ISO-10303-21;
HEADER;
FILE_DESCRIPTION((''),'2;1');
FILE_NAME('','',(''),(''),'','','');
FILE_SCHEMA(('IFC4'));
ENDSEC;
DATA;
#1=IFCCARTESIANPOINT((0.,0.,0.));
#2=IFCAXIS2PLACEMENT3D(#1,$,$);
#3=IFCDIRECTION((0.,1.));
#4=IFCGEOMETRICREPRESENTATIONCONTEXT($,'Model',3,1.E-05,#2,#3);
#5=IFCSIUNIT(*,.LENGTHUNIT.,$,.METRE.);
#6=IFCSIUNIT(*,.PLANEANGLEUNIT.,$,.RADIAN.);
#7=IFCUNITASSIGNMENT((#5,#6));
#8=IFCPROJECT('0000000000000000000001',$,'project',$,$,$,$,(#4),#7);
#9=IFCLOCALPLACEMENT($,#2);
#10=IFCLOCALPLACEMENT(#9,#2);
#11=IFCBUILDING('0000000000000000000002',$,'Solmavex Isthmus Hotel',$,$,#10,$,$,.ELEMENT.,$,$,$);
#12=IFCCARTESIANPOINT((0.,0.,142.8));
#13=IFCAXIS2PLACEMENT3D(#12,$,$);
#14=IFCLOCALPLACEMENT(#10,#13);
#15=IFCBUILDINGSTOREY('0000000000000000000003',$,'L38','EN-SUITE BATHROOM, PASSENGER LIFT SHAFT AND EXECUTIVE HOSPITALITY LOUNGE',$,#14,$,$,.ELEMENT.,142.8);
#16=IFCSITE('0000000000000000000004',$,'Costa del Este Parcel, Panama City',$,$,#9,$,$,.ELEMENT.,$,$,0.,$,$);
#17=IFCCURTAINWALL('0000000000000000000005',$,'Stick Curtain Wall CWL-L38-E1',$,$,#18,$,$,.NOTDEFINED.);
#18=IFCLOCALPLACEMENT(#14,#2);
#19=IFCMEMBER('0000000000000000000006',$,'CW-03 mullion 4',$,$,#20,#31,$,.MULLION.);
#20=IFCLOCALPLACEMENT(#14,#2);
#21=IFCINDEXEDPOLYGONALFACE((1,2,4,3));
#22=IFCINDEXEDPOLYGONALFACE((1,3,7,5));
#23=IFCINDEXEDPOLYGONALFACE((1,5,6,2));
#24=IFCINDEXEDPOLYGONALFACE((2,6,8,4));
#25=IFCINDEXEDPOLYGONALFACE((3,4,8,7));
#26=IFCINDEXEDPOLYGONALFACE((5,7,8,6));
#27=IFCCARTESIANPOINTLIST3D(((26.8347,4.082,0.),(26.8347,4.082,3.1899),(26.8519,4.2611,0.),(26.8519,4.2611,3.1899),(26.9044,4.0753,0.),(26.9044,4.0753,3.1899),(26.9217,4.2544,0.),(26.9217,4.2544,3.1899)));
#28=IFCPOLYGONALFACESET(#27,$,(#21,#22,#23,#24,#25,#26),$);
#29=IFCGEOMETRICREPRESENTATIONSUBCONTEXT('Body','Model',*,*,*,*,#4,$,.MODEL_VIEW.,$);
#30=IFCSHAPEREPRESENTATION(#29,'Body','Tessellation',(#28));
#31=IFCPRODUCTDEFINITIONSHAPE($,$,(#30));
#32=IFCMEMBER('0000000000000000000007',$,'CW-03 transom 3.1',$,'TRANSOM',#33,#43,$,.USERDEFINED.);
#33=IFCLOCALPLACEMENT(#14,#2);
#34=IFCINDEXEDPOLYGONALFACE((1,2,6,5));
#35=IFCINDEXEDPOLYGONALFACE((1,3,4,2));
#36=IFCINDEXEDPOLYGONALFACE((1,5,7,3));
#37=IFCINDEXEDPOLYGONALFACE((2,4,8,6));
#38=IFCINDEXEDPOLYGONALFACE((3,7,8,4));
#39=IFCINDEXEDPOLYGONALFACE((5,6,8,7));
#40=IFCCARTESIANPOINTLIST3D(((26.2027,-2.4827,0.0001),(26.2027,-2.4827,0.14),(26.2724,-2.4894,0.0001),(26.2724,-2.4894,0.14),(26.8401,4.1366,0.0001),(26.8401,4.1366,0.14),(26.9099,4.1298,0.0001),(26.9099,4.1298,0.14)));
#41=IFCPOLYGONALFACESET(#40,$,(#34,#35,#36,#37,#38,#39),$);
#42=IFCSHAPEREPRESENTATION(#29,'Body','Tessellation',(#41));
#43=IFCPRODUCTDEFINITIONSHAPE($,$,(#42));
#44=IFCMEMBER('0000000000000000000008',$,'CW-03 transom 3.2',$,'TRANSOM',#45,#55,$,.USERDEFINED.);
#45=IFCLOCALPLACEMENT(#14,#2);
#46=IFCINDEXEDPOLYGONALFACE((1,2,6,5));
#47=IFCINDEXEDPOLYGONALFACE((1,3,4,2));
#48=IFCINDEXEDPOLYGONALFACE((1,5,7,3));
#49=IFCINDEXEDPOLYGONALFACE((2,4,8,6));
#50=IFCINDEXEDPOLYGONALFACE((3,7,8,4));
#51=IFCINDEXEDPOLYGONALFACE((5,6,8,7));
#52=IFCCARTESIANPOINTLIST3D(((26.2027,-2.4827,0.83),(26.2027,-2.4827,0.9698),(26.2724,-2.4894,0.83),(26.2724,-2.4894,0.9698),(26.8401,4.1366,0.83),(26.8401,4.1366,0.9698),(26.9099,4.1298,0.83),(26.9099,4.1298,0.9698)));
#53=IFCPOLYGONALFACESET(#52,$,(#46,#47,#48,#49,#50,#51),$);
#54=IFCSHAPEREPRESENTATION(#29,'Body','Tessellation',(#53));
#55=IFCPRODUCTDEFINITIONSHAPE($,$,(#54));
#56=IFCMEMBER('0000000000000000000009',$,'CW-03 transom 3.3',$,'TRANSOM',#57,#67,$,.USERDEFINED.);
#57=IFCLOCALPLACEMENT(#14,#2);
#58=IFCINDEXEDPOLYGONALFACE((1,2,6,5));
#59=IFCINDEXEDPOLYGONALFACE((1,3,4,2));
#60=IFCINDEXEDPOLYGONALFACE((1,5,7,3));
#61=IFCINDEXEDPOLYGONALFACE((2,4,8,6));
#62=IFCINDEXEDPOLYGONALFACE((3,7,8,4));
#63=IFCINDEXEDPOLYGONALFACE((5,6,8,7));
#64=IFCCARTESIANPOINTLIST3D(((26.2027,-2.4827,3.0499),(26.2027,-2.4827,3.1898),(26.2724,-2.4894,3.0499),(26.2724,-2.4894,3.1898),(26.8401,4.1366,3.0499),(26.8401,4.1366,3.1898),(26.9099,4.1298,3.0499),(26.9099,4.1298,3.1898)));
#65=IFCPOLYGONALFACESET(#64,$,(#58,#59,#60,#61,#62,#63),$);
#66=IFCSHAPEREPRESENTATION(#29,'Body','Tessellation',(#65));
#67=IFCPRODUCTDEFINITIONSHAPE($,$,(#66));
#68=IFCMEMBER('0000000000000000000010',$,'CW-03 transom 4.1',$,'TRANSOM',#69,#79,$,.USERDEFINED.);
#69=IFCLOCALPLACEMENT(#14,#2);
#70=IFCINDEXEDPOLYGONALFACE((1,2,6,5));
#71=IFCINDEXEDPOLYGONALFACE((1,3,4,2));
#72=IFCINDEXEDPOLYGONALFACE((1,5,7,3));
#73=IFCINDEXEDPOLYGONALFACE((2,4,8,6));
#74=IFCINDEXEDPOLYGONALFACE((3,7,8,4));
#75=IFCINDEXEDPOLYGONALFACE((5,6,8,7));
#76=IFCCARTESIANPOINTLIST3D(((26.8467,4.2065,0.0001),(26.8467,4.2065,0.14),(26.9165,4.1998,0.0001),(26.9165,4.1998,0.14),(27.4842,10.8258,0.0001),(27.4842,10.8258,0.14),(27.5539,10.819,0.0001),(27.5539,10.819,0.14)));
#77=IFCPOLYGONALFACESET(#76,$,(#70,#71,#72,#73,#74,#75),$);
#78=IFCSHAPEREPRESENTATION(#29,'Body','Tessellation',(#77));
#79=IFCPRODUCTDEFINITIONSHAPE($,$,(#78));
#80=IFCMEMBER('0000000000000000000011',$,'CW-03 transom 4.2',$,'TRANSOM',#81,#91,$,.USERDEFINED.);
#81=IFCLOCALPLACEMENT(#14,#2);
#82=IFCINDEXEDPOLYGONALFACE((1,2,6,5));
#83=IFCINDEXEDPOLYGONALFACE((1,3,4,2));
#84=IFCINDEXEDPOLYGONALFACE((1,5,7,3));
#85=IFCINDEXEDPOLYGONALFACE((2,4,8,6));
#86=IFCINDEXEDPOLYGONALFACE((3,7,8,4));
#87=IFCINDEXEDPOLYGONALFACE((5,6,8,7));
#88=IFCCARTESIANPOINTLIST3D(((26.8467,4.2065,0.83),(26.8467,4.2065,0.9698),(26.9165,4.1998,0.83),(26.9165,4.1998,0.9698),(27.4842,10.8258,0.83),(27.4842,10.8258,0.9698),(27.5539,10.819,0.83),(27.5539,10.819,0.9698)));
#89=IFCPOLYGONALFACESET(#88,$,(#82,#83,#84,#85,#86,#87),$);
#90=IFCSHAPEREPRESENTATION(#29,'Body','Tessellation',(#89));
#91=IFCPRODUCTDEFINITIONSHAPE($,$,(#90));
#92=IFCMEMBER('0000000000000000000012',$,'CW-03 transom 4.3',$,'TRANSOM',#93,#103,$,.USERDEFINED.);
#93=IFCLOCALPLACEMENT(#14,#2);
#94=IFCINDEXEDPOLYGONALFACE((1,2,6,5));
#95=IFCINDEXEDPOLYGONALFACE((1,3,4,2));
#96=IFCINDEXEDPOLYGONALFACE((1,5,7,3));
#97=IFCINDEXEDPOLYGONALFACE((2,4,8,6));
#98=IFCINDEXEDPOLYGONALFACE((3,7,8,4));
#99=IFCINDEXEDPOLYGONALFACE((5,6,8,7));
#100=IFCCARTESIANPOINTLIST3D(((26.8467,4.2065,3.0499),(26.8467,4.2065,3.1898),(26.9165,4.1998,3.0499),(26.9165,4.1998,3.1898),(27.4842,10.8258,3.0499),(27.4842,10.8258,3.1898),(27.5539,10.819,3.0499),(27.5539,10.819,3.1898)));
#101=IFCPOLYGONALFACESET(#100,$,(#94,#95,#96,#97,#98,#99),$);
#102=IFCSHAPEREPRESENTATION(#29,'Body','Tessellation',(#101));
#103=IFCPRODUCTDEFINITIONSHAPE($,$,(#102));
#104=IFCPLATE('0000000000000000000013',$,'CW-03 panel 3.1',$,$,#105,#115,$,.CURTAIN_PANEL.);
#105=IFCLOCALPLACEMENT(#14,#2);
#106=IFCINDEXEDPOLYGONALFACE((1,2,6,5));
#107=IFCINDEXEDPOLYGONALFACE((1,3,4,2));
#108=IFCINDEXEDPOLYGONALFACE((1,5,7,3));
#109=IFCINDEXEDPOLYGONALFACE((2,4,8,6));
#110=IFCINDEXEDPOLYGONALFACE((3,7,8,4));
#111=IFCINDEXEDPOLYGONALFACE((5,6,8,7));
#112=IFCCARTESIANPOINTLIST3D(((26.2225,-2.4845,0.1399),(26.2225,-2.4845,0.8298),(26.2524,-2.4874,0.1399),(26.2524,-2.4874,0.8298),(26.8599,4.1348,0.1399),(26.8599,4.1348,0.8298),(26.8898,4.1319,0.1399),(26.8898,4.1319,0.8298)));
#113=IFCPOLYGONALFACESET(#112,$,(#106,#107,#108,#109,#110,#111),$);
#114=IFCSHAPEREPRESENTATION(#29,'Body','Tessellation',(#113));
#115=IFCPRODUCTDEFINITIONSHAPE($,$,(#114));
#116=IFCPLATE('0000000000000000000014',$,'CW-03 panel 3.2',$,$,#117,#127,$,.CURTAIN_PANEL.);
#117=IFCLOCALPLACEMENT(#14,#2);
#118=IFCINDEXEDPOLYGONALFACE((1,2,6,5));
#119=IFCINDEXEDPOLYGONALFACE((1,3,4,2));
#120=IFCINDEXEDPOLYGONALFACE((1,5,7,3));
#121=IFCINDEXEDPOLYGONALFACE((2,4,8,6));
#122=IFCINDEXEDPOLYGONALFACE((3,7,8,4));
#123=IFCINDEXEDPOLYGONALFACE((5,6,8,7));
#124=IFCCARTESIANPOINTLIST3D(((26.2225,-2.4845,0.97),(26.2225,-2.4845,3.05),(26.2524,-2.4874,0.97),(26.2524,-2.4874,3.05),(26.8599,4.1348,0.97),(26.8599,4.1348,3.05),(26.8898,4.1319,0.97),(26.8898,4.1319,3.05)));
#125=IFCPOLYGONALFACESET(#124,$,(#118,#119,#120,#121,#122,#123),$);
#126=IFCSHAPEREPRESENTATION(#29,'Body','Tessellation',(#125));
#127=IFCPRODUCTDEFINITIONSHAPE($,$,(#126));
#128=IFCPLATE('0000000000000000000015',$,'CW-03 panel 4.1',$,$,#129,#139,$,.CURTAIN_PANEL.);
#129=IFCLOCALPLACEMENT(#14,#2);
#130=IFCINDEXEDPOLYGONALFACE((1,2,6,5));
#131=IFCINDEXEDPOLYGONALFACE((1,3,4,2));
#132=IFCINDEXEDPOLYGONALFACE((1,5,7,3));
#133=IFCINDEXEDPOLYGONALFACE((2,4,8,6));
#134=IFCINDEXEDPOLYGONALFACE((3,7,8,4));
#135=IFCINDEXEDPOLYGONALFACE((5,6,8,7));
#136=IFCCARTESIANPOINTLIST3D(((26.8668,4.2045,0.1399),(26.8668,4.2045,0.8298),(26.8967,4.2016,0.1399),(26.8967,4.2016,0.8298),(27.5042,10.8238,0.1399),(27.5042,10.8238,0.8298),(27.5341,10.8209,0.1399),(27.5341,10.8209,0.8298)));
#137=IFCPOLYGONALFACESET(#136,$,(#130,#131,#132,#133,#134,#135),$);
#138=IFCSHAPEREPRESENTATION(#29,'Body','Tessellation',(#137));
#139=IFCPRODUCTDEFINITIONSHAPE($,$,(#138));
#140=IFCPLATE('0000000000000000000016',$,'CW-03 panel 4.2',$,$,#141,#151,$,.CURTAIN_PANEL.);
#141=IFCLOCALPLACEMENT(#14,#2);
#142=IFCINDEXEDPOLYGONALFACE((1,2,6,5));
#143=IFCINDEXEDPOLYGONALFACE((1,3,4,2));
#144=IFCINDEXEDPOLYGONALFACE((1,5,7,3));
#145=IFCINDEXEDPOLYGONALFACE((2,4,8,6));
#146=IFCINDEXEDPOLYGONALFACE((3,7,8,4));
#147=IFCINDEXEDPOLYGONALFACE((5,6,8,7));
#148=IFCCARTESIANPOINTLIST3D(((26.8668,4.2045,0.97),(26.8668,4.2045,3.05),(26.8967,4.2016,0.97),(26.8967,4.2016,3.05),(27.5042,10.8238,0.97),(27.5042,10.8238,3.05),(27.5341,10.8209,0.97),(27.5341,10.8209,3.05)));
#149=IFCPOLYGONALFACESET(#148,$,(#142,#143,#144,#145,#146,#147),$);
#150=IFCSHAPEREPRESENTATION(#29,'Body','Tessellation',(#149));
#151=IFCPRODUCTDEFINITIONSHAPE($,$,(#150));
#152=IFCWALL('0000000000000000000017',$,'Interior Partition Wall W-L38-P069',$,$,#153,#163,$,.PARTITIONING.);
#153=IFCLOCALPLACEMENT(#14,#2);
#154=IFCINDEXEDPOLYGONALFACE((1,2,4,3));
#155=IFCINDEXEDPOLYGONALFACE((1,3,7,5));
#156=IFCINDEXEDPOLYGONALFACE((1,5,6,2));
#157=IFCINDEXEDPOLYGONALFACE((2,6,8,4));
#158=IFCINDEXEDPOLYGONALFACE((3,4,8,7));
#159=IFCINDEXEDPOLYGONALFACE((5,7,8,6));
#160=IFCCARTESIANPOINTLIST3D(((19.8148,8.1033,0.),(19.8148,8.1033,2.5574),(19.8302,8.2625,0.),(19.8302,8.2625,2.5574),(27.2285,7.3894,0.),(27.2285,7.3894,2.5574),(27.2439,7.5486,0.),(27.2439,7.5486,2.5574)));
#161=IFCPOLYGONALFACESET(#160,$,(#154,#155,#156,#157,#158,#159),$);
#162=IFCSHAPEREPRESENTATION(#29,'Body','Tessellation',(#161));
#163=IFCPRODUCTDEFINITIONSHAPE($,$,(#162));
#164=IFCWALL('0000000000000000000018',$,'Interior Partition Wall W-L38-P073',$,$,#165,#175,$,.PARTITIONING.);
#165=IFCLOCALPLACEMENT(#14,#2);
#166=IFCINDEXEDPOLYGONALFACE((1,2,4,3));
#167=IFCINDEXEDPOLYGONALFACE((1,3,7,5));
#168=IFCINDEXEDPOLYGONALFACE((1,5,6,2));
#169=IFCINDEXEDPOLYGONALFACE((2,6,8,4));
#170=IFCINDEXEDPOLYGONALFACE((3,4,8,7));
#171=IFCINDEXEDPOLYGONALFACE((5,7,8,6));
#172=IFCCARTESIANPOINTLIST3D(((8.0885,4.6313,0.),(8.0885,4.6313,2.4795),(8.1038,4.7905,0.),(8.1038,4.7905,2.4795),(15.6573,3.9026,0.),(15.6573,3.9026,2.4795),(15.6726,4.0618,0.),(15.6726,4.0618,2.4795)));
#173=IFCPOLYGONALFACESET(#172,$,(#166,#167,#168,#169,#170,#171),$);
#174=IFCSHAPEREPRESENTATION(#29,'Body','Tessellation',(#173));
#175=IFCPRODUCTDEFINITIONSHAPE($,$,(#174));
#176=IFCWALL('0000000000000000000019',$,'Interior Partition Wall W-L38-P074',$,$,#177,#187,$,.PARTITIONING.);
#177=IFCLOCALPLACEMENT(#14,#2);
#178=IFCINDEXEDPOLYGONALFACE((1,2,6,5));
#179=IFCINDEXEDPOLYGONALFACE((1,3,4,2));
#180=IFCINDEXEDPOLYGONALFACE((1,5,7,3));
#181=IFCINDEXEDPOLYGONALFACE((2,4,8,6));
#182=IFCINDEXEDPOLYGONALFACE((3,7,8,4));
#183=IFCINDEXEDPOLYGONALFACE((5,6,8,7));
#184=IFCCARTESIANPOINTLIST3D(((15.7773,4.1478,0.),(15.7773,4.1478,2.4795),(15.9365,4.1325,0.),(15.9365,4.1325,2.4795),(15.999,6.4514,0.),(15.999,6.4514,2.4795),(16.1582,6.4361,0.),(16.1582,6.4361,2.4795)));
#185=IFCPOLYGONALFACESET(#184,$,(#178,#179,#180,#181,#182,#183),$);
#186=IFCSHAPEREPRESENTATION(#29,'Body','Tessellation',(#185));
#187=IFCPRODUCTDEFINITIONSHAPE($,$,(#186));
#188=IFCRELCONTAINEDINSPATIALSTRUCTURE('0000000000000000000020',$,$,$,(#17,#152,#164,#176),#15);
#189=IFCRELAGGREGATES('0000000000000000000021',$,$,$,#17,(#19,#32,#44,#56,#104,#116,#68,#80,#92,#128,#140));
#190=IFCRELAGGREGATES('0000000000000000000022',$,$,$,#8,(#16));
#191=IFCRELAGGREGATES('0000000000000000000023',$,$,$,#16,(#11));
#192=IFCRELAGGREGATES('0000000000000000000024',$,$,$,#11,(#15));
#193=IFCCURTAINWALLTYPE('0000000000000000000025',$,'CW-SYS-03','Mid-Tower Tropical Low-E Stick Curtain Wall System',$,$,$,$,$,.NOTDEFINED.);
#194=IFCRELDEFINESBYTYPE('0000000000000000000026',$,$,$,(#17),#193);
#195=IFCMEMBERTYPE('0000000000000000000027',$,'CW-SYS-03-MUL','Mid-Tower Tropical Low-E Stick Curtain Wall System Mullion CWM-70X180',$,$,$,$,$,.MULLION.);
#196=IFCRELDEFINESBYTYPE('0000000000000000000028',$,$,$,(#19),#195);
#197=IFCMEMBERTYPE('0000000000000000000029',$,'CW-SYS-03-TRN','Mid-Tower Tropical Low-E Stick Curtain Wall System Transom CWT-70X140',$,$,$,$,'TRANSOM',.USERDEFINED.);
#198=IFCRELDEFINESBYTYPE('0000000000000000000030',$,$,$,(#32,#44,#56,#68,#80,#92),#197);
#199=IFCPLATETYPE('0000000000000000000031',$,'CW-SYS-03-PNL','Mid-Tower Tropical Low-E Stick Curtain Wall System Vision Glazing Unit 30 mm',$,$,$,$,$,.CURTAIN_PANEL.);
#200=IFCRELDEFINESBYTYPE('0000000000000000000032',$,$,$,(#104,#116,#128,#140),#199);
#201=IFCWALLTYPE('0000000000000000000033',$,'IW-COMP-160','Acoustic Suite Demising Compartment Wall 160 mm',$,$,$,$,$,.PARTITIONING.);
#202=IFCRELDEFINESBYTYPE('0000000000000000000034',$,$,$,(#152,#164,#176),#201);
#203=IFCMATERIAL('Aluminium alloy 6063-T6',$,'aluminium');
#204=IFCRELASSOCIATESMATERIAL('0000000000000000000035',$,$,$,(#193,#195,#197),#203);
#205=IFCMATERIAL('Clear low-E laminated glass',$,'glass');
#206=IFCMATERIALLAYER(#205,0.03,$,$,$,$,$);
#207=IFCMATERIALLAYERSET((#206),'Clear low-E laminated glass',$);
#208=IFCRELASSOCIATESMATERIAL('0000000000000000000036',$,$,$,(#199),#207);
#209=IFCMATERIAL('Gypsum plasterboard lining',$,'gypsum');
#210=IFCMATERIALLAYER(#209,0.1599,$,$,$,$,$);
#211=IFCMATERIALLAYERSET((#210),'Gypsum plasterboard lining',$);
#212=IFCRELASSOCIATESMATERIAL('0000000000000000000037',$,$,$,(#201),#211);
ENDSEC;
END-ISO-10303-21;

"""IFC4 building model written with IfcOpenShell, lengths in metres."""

from ifc_helpers import new_model, si_unit, direction, frame, frame_2d, origin, origin_2d, place, context, subcontext, project, spatial, rectangle, extrude, material, layer, layer_set, material_profile, profile_set, type_object, element, aggregate, save


model = new_model("IFC4")

# Units and contexts
model_context = context("Model", 3, precision=1e-05, world=origin(), true_north=direction((0.0, 1.0)))
body_context = subcontext(model_context, "Body", "Model", "MODEL_VIEW")
ifc_project = project(units=[si_unit("LENGTHUNIT", "METRE"), si_unit("PLANEANGLEUNIT", "RADIAN")], contexts=[model_context])

# Site, building, storey
site_placement = place(None, origin())
site = spatial("IfcSite", under=ifc_project, at=site_placement, Name="Costa del Este Parcel, Panama City", CompositionType="ELEMENT", RefElevation=0.0)
building_placement = place(site_placement, origin())
building = spatial("IfcBuilding", under=site, at=building_placement, Name="Solmavex Isthmus Hotel", CompositionType="ELEMENT")
storey_placement = place(building_placement, frame((0.0, 0.0, 142.8)))
storey = spatial("IfcBuildingStorey", under=building, at=storey_placement, Name="L38", Description="EN-SUITE BATHROOM, PASSENGER LIFT SHAFT AND EXECUTIVE HOSPITALITY LOUNGE", CompositionType="ELEMENT", Elevation=142.8)

# Curtain wall, members, plates
ifc_material_1 = material(Name="Aluminium alloy 6063-T6", Category="aluminium")
curtain_wall_type = type_object("IfcCurtainWallType", Name="CW-SYS-03", Description="Mid-Tower Tropical Low-E Stick Curtain Wall System", PredefinedType="NOTDEFINED", material=ifc_material_1)
curtain_wall_placement = place(storey_placement, origin())
curtain_wall = element("IfcCurtainWall", 1, at=curtain_wall_placement, inside=storey, type_object=curtain_wall_type, Name="Stick Curtain Wall CWL-L38-E1", PredefinedType="NOTDEFINED")
ifc_material_profile_1 = material_profile(ifc_material_1, rectangle(XDim=0.0701, YDim=0.1799, at=origin_2d()), Name="CWM-70X180")
ifc_profile_set_1 = profile_set([ifc_material_profile_1], Name="Aluminium alloy 6063-T6")
member_type_1 = type_object("IfcMemberType", Name="CW-SYS-03-MUL", Description="Mid-Tower Tropical Low-E Stick Curtain Wall System Mullion CWM-70X180", PredefinedType="MULLION", material=ifc_profile_set_1)
member_1_placement = place(storey_placement, frame((26.8782, 4.1682, 0.0), z_axis=(0.0, 0.0, 1.0), x_axis=(-0.995396, 0.095846, 0.0)))
member_1 = element("IfcMember", 2, at=member_1_placement, type_object=member_type_1, Name="CW-03 mullion 4", PredefinedType="MULLION", context=body_context, shape_type="SweptSolid", body=[
    extrude(rectangle(XDim=0.0701, YDim=0.1799, at=origin_2d()), origin(), (0.0, 0.0, 1.0), 3.1899),
])
ifc_material_profile_2 = material_profile(ifc_material_1, rectangle(XDim=0.0701, YDim=0.1399, at=origin_2d()), Name="CWT-70X140")
ifc_profile_set_2 = profile_set([ifc_material_profile_2], Name="Aluminium alloy 6063-T6")
member_type_2 = type_object("IfcMemberType", Name="CW-SYS-03-TRN", Description="Mid-Tower Tropical Low-E Stick Curtain Wall System Transom CWT-70X140", ElementType="TRANSOM", PredefinedType="USERDEFINED", material=ifc_profile_set_2)
member_2_placement = place(storey_placement, frame((26.2375, -2.4861, 0.0701), z_axis=(0.095857, 0.995395, 0.0), x_axis=(-0.995395, 0.095857, 0.0)))
member_2 = element("IfcMember", 3, at=member_2_placement, type_object=member_type_2, Name="CW-03 transom 3.1", ObjectType="TRANSOM", PredefinedType="USERDEFINED", context=body_context, shape_type="SweptSolid", body=[
    extrude(rectangle(XDim=0.0701, YDim=0.1399, at=origin_2d()), origin(), (0.0, 0.0, 1.0), 6.6499),
])
member_3_placement = place(storey_placement, frame((26.2375, -2.4861, 0.8999), z_axis=(0.095857, 0.995395, 0.0), x_axis=(-0.995395, 0.095857, 0.0)))
member_3 = element("IfcMember", 4, at=member_3_placement, type_object=member_type_2, Name="CW-03 transom 3.2", ObjectType="TRANSOM", PredefinedType="USERDEFINED", context=body_context, shape_type="SweptSolid", body=[
    extrude(rectangle(XDim=0.0701, YDim=0.1399, at=origin_2d()), origin(), (0.0, 0.0, 1.0), 6.6499),
])
member_4_placement = place(storey_placement, frame((26.2375, -2.4861, 3.1199), z_axis=(0.095857, 0.995395, 0.0), x_axis=(-0.995395, 0.095857, 0.0)))
member_4 = element("IfcMember", 5, at=member_4_placement, type_object=member_type_2, Name="CW-03 transom 3.3", ObjectType="TRANSOM", PredefinedType="USERDEFINED", context=body_context, shape_type="SweptSolid", body=[
    extrude(rectangle(XDim=0.0701, YDim=0.1399, at=origin_2d()), origin(), (0.0, 0.0, 1.0), 6.6499),
])
member_5_placement = place(storey_placement, frame((26.8816, 4.2031, 0.0701), z_axis=(0.095857, 0.995395, 0.0), x_axis=(-0.995395, 0.095857, 0.0)))
member_5 = element("IfcMember", 6, at=member_5_placement, type_object=member_type_2, Name="CW-03 transom 4.1", ObjectType="TRANSOM", PredefinedType="USERDEFINED", context=body_context, shape_type="SweptSolid", body=[
    extrude(rectangle(XDim=0.0701, YDim=0.1399, at=origin_2d()), origin(), (0.0, 0.0, 1.0), 6.6499),
])
member_6_placement = place(storey_placement, frame((26.8816, 4.2031, 0.8999), z_axis=(0.095857, 0.995395, 0.0), x_axis=(-0.995395, 0.095857, 0.0)))
member_6 = element("IfcMember", 7, at=member_6_placement, type_object=member_type_2, Name="CW-03 transom 4.2", ObjectType="TRANSOM", PredefinedType="USERDEFINED", context=body_context, shape_type="SweptSolid", body=[
    extrude(rectangle(XDim=0.0701, YDim=0.1399, at=origin_2d()), origin(), (0.0, 0.0, 1.0), 6.6499),
])
member_7_placement = place(storey_placement, frame((26.8816, 4.2031, 3.1199), z_axis=(0.095857, 0.995395, 0.0), x_axis=(-0.995395, 0.095857, 0.0)))
member_7 = element("IfcMember", 8, at=member_7_placement, type_object=member_type_2, Name="CW-03 transom 4.3", ObjectType="TRANSOM", PredefinedType="USERDEFINED", context=body_context, shape_type="SweptSolid", body=[
    extrude(rectangle(XDim=0.0701, YDim=0.1399, at=origin_2d()), origin(), (0.0, 0.0, 1.0), 6.6499),
])
ifc_material_2 = material(Name="Clear low-E laminated glass", Category="glass")
ifc_layer_1 = layer(ifc_material_2, 0.03)
ifc_layer_set_1 = layer_set([ifc_layer_1], Name="Clear low-E laminated glass")
plate_type = type_object("IfcPlateType", Name="CW-SYS-03-PNL", Description="Mid-Tower Tropical Low-E Stick Curtain Wall System Vision Glazing Unit 30 mm", PredefinedType="CURTAIN_PANEL", material=ifc_layer_set_1)
plate_1_placement = place(storey_placement, frame((26.5562, 0.8237, 0.1399), z_axis=(0.0, 0.0, 1.0), x_axis=(0.095846, 0.995396, 0.0)))
plate_1 = element("IfcPlate", 9, at=plate_1_placement, type_object=plate_type, Name="CW-03 panel 3.1", PredefinedType="CURTAIN_PANEL", context=body_context, shape_type="SweptSolid", body=[
    extrude(rectangle(XDim=6.6499, YDim=0.03, at=origin_2d()), origin(), (0.0, 0.0, 1.0), 0.6899),
])
plate_2_placement = place(storey_placement, frame((26.5562, 0.8237, 0.97), z_axis=(0.0, 0.0, 1.0), x_axis=(0.095846, 0.995396, 0.0)))
plate_2 = element("IfcPlate", 10, at=plate_2_placement, type_object=plate_type, Name="CW-03 panel 3.2", PredefinedType="CURTAIN_PANEL", context=body_context, shape_type="SweptSolid", body=[
    extrude(rectangle(XDim=6.6499, YDim=0.03, at=origin_2d()), origin(), (0.0, 0.0, 1.0), 2.0801),
])
plate_3_placement = place(storey_placement, frame((27.2004, 7.5127, 0.1399), z_axis=(0.0, 0.0, 1.0), x_axis=(0.095846, 0.995396, 0.0)))
plate_3 = element("IfcPlate", 11, at=plate_3_placement, type_object=plate_type, Name="CW-03 panel 4.1", PredefinedType="CURTAIN_PANEL", context=body_context, shape_type="SweptSolid", body=[
    extrude(rectangle(XDim=6.6499, YDim=0.03, at=origin_2d()), origin(), (0.0, 0.0, 1.0), 0.6899),
])
plate_4_placement = place(storey_placement, frame((27.2004, 7.5127, 0.97), z_axis=(0.0, 0.0, 1.0), x_axis=(0.095846, 0.995396, 0.0)))
plate_4 = element("IfcPlate", 12, at=plate_4_placement, type_object=plate_type, Name="CW-03 panel 4.2", PredefinedType="CURTAIN_PANEL", context=body_context, shape_type="SweptSolid", body=[
    extrude(rectangle(XDim=6.6499, YDim=0.03, at=origin_2d()), origin(), (0.0, 0.0, 1.0), 2.0801),
])
aggregate(curtain_wall, [member_1, member_2, member_3, member_4, plate_1, plate_2, member_5, member_6, member_7, plate_3, plate_4])

# Walls
ifc_material_3 = material(Name="Gypsum plasterboard lining", Category="gypsum")
ifc_layer_2 = layer(ifc_material_3, 0.1599)
ifc_layer_set_2 = layer_set([ifc_layer_2], Name="Gypsum plasterboard lining")
wall_type_1 = type_object("IfcWallType", Name="IW-COMP-160", Description="Acoustic Suite Demising Compartment Wall 160 mm", PredefinedType="PARTITIONING", material=ifc_layer_set_2)
wall_1_placement = place(storey_placement, frame((27.2363, 7.469, 0.0), z_axis=(0.0, 0.0, 1.0), x_axis=(-0.995396, 0.095845, 0.0)))
element("IfcWall", 13, at=wall_1_placement, inside=storey, type_object=wall_type_1, Name="Interior Partition Wall W-L38-P069", PredefinedType="PARTITIONING", context=body_context, shape_type="SweptSolid", body=[
    extrude(rectangle(XDim=7.448, YDim=0.1599, at=frame_2d((3.7241, 0.0))), origin(), (0.0, 0.0, 1.0), 2.5574),
])
wall_2_placement = place(storey_placement, frame((15.6648, 3.9822, 0.0), z_axis=(0.0, 0.0, 1.0), x_axis=(-0.995397, 0.095841, 0.0)))
element("IfcWall", 14, at=wall_2_placement, inside=storey, type_object=wall_type_1, Name="Interior Partition Wall W-L38-P073", PredefinedType="PARTITIONING", context=body_context, shape_type="SweptSolid", body=[
    extrude(rectangle(XDim=7.6038, YDim=0.1599, at=frame_2d((3.8018, 0.0))), origin(), (0.0, 0.0, 1.0), 2.4795),
])
wall_3_placement = place(storey_placement, frame((16.0786, 6.4438, 0.0), z_axis=(0.0, 0.0, 1.0), x_axis=(-0.095795, -0.995401, 0.0)))
element("IfcWall", 15, at=wall_3_placement, inside=storey, type_object=wall_type_1, Name="Interior Partition Wall W-L38-P074", PredefinedType="PARTITIONING", context=body_context, shape_type="SweptSolid", body=[
    extrude(rectangle(XDim=2.3142, YDim=0.1599, at=frame_2d((1.1572, 0.0))), origin(), (0.0, 0.0, 1.0), 2.4795),
])

save(model, "model.ifc")
